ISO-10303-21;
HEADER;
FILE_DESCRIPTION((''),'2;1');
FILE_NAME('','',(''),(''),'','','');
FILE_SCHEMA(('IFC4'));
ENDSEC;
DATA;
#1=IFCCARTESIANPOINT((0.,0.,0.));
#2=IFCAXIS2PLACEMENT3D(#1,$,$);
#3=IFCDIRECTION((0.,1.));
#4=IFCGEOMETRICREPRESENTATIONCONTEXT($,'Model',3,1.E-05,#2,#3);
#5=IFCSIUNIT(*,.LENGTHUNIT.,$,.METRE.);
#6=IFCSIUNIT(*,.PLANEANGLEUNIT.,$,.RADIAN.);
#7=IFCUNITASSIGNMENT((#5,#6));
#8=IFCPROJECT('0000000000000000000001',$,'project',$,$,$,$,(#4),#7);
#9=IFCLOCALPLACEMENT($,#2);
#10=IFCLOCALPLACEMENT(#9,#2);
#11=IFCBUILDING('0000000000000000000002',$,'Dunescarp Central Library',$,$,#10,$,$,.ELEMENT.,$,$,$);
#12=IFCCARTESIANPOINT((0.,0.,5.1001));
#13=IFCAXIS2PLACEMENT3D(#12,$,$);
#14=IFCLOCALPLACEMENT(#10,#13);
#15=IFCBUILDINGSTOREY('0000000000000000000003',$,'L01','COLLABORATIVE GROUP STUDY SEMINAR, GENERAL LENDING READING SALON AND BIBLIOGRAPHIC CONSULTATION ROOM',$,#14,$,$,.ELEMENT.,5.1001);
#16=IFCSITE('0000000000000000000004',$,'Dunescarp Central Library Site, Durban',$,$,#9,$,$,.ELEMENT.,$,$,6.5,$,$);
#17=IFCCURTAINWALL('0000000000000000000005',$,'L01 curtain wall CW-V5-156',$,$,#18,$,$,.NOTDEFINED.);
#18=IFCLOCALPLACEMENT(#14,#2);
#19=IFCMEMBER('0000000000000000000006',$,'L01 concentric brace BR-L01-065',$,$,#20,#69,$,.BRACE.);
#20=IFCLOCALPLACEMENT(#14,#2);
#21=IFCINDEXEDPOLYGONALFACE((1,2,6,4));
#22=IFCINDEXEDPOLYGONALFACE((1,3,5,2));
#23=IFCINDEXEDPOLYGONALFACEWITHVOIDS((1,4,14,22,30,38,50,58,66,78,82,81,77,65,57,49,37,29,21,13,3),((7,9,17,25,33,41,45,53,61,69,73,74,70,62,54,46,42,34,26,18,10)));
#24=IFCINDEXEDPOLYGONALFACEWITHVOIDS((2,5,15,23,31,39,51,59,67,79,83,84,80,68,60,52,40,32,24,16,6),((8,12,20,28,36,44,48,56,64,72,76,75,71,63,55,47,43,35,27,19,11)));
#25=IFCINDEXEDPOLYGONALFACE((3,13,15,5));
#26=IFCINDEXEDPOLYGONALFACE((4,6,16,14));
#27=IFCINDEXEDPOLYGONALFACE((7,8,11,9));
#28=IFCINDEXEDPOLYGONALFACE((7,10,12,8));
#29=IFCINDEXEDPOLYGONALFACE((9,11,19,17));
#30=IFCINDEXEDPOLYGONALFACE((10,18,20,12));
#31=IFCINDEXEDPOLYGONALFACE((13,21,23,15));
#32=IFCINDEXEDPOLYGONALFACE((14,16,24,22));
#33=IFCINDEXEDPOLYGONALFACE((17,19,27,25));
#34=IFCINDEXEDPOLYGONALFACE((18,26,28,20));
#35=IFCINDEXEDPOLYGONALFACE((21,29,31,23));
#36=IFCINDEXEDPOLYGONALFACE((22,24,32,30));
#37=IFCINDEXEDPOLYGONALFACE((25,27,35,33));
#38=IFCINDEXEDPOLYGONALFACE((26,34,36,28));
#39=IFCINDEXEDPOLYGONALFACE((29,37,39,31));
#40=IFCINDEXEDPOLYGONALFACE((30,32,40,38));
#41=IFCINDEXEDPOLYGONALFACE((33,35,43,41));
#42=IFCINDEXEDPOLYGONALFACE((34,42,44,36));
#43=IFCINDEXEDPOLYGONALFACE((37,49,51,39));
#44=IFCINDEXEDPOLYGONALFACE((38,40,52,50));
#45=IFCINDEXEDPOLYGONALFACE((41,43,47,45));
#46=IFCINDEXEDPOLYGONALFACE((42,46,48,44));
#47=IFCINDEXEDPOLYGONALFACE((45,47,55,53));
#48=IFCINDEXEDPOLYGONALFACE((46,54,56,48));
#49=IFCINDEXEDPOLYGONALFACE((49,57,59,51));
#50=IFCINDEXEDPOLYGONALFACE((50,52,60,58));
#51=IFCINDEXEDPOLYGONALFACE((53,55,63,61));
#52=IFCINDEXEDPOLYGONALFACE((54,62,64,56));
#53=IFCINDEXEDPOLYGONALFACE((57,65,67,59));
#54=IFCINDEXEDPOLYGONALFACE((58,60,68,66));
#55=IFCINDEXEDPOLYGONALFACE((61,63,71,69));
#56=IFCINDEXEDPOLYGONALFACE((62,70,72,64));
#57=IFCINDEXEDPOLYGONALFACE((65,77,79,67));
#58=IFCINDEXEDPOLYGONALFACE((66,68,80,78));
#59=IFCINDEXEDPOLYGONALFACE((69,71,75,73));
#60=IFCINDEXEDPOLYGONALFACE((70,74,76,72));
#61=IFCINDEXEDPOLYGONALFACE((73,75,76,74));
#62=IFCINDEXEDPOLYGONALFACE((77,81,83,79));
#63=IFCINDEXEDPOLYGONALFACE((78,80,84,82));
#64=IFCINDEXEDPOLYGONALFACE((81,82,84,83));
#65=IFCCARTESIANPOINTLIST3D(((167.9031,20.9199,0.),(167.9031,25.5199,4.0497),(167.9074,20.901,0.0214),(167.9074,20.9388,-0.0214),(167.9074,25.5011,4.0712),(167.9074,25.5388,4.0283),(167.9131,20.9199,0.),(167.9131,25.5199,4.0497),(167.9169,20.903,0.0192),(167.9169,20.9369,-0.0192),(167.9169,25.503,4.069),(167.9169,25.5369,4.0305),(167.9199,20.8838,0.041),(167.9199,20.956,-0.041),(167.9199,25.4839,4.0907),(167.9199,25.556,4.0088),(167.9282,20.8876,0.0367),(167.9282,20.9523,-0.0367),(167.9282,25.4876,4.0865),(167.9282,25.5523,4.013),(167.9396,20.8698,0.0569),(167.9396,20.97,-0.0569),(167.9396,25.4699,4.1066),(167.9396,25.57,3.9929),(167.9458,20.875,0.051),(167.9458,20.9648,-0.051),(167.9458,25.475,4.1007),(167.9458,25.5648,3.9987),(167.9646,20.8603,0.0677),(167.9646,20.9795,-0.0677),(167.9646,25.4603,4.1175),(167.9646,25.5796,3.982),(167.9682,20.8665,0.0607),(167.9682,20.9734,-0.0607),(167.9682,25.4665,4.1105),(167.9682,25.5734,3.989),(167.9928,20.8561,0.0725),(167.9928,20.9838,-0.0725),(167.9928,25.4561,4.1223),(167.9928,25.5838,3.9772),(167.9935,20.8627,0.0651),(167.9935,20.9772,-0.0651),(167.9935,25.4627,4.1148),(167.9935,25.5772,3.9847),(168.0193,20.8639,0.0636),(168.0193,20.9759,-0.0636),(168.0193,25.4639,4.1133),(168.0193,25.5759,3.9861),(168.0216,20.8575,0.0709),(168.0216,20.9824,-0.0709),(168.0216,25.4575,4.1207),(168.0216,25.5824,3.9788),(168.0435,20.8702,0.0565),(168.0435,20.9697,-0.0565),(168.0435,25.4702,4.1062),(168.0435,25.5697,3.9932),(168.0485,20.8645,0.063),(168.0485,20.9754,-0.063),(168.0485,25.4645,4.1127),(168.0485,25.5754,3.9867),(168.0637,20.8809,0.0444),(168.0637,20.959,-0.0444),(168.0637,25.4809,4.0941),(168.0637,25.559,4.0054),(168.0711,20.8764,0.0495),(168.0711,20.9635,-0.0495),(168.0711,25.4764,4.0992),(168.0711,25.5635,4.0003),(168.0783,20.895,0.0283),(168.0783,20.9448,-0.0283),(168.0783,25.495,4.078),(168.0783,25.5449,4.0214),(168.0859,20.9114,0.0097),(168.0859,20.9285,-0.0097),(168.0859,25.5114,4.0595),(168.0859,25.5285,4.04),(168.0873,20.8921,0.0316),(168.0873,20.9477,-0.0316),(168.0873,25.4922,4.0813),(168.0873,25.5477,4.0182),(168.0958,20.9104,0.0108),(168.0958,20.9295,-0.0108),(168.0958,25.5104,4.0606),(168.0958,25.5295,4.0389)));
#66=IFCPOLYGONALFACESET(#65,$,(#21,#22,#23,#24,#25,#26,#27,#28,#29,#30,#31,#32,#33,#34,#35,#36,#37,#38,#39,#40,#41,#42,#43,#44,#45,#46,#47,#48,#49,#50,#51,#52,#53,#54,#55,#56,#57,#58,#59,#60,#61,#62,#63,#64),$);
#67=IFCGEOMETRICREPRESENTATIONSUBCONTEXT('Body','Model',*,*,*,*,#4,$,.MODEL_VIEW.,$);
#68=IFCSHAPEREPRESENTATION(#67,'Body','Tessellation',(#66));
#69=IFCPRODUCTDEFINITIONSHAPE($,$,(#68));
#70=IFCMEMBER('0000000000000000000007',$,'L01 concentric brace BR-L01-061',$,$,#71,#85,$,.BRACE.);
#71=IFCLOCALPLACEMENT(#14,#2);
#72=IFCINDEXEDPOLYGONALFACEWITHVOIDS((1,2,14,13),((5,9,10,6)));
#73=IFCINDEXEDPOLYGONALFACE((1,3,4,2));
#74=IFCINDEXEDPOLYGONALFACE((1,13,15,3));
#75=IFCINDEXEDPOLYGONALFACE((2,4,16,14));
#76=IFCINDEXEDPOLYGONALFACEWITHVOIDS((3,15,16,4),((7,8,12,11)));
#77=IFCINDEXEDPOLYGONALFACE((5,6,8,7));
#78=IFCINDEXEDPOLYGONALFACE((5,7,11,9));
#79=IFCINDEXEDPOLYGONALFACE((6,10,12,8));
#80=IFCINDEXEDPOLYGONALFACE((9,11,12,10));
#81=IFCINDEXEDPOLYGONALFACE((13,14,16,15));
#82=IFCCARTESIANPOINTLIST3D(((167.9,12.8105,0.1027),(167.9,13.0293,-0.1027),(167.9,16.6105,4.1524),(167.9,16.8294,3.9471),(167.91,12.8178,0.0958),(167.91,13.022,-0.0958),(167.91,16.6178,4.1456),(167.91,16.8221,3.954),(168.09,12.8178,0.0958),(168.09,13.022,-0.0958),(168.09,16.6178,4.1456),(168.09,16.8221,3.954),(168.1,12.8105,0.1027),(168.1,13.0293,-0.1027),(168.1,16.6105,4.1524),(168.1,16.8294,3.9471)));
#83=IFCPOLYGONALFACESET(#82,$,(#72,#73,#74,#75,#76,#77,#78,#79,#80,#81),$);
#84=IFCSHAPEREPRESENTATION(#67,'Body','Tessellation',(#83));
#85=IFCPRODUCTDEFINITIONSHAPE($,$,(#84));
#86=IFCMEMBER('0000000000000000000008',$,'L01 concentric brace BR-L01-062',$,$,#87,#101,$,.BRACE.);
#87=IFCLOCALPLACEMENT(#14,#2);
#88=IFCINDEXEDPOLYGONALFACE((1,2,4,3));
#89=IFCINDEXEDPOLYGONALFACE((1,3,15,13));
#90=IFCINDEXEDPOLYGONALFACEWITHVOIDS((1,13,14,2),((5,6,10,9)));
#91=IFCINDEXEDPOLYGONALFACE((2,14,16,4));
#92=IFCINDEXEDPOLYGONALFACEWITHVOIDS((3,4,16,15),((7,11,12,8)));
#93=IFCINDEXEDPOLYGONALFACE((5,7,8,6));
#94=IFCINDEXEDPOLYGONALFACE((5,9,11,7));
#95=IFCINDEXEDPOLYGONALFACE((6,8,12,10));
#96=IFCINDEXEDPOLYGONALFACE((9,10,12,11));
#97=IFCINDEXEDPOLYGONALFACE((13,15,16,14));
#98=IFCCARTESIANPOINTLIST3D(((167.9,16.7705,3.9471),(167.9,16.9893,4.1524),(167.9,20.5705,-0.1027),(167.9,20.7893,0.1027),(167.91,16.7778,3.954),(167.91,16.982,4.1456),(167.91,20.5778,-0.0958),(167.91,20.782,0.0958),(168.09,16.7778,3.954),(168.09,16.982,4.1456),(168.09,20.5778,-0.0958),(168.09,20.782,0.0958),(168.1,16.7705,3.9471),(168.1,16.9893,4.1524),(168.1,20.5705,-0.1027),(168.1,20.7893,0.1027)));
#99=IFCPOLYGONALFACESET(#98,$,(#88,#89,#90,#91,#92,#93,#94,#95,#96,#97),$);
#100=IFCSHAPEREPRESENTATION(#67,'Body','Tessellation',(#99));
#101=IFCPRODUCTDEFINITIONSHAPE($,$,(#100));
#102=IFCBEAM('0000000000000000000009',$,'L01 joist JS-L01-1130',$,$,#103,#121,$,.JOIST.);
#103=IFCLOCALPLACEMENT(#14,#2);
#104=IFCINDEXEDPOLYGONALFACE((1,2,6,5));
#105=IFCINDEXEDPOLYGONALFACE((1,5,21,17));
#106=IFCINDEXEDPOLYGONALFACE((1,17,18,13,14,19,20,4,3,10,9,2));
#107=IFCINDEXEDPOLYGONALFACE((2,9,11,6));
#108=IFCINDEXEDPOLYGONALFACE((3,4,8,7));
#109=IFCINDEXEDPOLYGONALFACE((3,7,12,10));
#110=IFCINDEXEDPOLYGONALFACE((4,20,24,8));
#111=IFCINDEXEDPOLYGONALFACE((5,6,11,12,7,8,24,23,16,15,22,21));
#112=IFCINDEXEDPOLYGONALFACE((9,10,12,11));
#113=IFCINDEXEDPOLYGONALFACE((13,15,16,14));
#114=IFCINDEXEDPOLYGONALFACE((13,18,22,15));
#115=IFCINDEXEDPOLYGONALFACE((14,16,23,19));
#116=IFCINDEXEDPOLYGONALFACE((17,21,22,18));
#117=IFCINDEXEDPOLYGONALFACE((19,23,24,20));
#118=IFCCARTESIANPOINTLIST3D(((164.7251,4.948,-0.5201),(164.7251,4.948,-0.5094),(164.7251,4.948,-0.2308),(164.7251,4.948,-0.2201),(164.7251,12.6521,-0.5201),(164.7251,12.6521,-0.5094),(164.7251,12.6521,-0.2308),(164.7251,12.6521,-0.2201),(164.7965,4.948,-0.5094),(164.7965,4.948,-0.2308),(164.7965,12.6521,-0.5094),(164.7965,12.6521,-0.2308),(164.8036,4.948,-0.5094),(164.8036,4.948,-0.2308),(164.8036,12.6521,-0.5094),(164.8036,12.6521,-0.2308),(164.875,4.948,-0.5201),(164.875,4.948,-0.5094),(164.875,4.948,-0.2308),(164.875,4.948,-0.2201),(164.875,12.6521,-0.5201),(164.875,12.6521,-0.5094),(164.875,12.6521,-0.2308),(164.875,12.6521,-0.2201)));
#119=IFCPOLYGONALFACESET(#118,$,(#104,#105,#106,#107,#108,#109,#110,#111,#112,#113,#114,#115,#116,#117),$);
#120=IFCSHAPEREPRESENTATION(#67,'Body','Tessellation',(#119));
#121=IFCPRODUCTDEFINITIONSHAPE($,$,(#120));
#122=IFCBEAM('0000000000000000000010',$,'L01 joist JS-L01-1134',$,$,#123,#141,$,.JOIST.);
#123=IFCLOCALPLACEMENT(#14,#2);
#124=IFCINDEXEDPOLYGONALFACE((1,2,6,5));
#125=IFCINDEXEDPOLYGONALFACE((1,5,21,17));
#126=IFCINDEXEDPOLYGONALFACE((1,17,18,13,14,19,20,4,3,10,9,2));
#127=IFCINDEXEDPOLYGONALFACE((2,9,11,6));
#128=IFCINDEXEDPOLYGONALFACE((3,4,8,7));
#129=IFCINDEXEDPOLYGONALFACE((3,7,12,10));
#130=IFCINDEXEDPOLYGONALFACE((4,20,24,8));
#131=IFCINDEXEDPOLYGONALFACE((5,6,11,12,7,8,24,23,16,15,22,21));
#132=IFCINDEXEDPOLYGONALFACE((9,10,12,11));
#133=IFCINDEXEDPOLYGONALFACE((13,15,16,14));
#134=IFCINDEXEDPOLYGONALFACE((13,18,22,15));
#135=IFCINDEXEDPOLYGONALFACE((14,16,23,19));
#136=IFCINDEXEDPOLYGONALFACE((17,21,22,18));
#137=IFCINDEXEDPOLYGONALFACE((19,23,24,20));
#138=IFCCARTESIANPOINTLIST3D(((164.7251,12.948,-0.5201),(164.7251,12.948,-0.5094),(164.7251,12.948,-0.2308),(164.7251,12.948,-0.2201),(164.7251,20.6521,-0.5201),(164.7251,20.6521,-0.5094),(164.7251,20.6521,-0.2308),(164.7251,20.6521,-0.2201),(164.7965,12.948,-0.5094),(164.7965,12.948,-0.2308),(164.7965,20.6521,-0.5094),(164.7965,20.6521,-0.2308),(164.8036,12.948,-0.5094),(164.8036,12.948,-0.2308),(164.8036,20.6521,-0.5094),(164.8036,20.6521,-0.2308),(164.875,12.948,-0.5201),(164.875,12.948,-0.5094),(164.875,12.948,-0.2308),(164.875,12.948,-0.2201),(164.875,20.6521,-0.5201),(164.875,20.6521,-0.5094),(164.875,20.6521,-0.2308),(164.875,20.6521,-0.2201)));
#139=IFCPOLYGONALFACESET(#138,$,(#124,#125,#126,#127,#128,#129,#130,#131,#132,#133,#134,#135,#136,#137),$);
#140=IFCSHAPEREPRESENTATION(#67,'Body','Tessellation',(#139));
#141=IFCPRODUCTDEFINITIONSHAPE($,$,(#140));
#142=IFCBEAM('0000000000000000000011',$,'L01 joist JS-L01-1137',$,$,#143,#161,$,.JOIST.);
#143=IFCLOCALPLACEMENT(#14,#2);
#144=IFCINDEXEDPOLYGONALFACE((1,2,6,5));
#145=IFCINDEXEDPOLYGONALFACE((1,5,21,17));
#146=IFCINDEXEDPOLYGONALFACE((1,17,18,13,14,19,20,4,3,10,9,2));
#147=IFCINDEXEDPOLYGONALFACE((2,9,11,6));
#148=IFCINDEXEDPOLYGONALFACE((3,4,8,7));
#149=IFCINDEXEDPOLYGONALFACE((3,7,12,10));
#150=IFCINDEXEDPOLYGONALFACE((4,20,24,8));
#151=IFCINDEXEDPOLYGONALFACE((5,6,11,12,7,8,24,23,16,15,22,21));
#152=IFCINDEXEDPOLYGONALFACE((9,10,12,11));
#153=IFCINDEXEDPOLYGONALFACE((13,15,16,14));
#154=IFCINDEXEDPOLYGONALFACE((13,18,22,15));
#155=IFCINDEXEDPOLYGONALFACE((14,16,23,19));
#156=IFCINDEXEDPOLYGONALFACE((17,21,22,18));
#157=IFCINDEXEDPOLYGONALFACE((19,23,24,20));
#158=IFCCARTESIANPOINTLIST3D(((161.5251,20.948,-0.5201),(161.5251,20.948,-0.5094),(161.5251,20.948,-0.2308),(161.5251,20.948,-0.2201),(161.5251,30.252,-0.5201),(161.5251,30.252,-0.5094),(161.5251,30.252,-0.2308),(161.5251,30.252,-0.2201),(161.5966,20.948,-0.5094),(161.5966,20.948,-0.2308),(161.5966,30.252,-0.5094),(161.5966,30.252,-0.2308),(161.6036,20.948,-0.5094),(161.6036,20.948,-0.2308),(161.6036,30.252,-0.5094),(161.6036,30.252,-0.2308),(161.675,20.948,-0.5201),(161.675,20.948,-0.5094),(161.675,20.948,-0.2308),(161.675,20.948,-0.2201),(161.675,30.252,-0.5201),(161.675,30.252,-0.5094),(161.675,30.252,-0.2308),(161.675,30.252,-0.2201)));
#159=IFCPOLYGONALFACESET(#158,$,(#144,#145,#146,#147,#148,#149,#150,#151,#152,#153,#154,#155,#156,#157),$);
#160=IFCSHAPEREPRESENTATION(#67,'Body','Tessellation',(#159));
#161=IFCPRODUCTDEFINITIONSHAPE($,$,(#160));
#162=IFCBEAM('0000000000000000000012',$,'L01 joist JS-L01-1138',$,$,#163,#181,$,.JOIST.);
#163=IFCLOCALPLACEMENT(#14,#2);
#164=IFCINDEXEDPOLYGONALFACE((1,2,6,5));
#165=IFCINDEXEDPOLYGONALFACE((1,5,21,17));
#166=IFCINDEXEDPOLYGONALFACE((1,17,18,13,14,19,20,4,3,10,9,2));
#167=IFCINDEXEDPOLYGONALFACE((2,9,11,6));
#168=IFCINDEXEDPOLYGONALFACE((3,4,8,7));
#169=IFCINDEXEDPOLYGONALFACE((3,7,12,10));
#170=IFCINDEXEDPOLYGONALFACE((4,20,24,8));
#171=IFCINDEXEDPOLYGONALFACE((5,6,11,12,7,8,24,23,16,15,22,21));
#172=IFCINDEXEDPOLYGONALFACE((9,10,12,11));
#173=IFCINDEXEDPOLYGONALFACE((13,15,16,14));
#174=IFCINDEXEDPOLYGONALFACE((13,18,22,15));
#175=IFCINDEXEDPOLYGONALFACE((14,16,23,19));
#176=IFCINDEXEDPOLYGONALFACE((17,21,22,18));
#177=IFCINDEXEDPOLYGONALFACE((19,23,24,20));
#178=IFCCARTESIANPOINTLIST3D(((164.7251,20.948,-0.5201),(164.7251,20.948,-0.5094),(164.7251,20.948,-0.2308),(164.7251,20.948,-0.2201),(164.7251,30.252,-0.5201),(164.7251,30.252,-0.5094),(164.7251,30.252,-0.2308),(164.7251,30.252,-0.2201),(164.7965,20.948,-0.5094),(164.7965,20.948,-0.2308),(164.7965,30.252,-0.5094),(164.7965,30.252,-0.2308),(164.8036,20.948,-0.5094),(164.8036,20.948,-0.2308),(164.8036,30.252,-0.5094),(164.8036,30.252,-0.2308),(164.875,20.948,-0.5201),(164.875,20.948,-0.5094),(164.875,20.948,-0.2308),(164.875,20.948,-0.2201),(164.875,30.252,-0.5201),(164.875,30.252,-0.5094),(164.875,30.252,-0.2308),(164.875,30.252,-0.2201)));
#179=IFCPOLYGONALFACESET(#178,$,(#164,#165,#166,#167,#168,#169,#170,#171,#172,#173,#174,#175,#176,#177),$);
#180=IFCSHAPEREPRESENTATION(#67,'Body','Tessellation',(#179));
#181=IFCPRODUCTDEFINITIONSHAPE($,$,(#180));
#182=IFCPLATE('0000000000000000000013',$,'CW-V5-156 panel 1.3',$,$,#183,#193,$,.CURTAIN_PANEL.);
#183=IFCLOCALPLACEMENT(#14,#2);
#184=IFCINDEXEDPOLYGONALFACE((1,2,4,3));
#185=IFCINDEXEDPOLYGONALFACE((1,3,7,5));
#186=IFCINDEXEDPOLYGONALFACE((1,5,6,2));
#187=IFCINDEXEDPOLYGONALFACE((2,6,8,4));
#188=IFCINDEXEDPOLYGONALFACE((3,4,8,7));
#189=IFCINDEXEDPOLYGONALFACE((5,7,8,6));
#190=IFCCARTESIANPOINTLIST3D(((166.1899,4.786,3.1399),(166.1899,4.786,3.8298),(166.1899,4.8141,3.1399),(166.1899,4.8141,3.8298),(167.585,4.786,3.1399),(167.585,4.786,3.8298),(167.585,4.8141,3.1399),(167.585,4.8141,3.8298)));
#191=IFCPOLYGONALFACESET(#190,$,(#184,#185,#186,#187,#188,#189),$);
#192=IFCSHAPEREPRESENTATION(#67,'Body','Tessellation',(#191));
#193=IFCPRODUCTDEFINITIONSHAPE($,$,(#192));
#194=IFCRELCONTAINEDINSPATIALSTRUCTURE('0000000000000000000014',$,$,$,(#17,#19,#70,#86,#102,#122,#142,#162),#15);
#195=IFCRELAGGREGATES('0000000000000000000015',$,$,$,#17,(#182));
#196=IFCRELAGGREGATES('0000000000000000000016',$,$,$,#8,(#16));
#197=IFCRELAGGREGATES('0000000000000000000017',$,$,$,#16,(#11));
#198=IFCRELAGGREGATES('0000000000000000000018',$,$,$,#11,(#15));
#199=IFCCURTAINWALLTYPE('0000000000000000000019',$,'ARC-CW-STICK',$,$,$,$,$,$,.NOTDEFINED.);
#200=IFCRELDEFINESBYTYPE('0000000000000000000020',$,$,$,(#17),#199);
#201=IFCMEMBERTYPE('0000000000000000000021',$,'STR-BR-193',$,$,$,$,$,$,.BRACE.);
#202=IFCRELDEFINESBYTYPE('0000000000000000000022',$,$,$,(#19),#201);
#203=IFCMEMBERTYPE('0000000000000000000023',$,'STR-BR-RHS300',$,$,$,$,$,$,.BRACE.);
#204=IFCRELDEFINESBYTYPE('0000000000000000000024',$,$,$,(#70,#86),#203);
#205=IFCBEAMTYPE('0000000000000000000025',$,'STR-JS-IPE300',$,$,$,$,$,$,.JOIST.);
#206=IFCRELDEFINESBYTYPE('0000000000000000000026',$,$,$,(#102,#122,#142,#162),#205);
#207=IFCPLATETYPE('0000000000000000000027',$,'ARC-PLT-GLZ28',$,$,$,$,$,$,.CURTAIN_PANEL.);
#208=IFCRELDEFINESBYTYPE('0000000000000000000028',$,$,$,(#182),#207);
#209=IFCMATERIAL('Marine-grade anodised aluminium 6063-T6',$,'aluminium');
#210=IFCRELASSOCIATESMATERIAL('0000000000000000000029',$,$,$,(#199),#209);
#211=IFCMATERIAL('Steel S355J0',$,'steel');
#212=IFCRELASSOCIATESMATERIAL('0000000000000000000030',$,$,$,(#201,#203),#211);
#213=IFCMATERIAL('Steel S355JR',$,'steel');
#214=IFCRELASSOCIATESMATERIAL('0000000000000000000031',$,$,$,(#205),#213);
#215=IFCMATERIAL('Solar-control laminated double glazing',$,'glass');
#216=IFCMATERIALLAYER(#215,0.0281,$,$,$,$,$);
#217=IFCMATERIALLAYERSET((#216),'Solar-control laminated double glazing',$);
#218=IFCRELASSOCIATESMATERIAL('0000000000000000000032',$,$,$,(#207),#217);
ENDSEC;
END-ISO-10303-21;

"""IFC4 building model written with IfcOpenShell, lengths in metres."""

from ifc_helpers import new_model, si_unit, direction, frame, origin, origin_2d, place, context, subcontext, project, spatial, rectangle, hollow_rectangle, hollow_circle, i_section, extrude, material, layer, layer_set, material_profile, profile_set, type_object, element, aggregate, save


model = new_model("IFC4")

# Units and contexts
model_context = context("Model", 3, precision=1e-05, world=origin(), true_north=direction((0.0, 1.0)))
body_context = subcontext(model_context, "Body", "Model", "MODEL_VIEW")
ifc_project = project(units=[si_unit("LENGTHUNIT", "METRE"), si_unit("PLANEANGLEUNIT", "RADIAN")], contexts=[model_context])

# Site, building, storey
site_placement = place(None, origin())
site = spatial("IfcSite", under=ifc_project, at=site_placement, Name="Dunescarp Central Library Site, Durban", CompositionType="ELEMENT", RefElevation=6.5)
building_placement = place(site_placement, origin())
building = spatial("IfcBuilding", under=site, at=building_placement, Name="Dunescarp Central Library", CompositionType="ELEMENT")
storey_placement = place(building_placement, frame((0.0, 0.0, 5.1001)))
storey = spatial("IfcBuildingStorey", under=building, at=storey_placement, Name="L01", Description="COLLABORATIVE GROUP STUDY SEMINAR, GENERAL LENDING READING SALON AND BIBLIOGRAPHIC CONSULTATION ROOM", CompositionType="ELEMENT", Elevation=5.1001)

# Curtain wall
ifc_material_1 = material(Name="Marine-grade anodised aluminium 6063-T6", Category="aluminium")
curtain_wall_type = type_object("IfcCurtainWallType", Name="ARC-CW-STICK", PredefinedType="NOTDEFINED", material=ifc_material_1)
curtain_wall_placement = place(storey_placement, origin())
curtain_wall = element("IfcCurtainWall", 1, at=curtain_wall_placement, inside=storey, type_object=curtain_wall_type, Name="L01 curtain wall CW-V5-156", PredefinedType="NOTDEFINED")

# Shared definitions
ifc_material_2 = material(Name="Steel S355JR", Category="steel")

# Members
ifc_material_3 = material(Name="Steel S355J0", Category="steel")
ifc_material_profile_1 = material_profile(ifc_material_3, hollow_circle(Radius=0.0969, WallThickness=0.01, at=origin_2d()), Name="CHS 193.7x10")
ifc_profile_set_1 = profile_set([ifc_material_profile_1], Name="Steel S355J0")
member_type_1 = type_object("IfcMemberType", Name="STR-BR-193", PredefinedType="BRACE", material=ifc_profile_set_1)
member_1_placement = place(storey_placement, frame((168.0, 20.9199, 0.0), z_axis=(0.0, 0.750574, 0.660786), x_axis=(-1.0, 0.0, 0.0)))
element("IfcMember", 2, at=member_1_placement, inside=storey, type_object=member_type_1, Name="L01 concentric brace BR-L01-065", PredefinedType="BRACE", context=body_context, shape_type="SweptSolid", body=[
    extrude(hollow_circle(Radius=0.0969, WallThickness=0.01, at=origin_2d()), origin(), (0.0, 0.0, 1.0), 6.1287),
])
ifc_material_profile_2 = material_profile(ifc_material_3, hollow_rectangle(XDim=0.2, YDim=0.3, WallThickness=0.01, at=origin_2d()), Name="RHS 300x200x10")
ifc_profile_set_2 = profile_set([ifc_material_profile_2], Name="Steel S355J0")
member_type_2 = type_object("IfcMemberType", Name="STR-BR-RHS300", PredefinedType="BRACE", material=ifc_profile_set_2)
for number, where, z_axis, x_axis, name in (
    (3, (168.0, 12.9199, 0.0), (0.0, 0.684263, 0.729236), (-1.0, 0.0, 0.0), "L01 concentric brace BR-L01-061"),
    (4, (168.0, 20.6799, 0.0), (0.0, -0.684263, 0.729236), (1.0, 0.0, 0.0), "L01 concentric brace BR-L01-062"),
):
    element("IfcMember", number, at=place(storey_placement, frame(where, z_axis=z_axis, x_axis=x_axis)), inside=storey, type_object=member_type_2, Name=name, PredefinedType="BRACE", context=body_context, shape_type="SweptSolid", body=[
        extrude(hollow_rectangle(XDim=0.2, YDim=0.3, WallThickness=0.01, at=origin_2d()), origin(), (0.0, 0.0, 1.0), 5.5535),
    ])

# Beams
ifc_material_profile_3 = material_profile(ifc_material_2, i_section(OverallWidth=0.1499, OverallDepth=0.3, WebThickness=0.0071, FlangeThickness=0.0107, at=origin_2d()), Name="IPE 300")
ifc_profile_set_3 = profile_set([ifc_material_profile_3], Name="Steel S355JR")
beam_type_1 = type_object("IfcBeamType", Name="STR-JS-IPE300", PredefinedType="JOIST", material=ifc_profile_set_3)
for number, where, z_axis, x_axis, name in (
    (5, (164.8, 4.948, -0.3701), (0.0, 1.0, 0.0), (-1.0, 0.0, 0.0), "L01 joist JS-L01-1130"),
    (6, (164.8, 12.948, -0.3701), (0.0, 1.0, 0.0), (-1.0, 0.0, 0.0), "L01 joist JS-L01-1134"),
):
    element("IfcBeam", number, at=place(storey_placement, frame(where, z_axis=z_axis, x_axis=x_axis)), inside=storey, type_object=beam_type_1, Name=name, PredefinedType="JOIST", context=body_context, shape_type="SweptSolid", body=[
        extrude(i_section(OverallWidth=0.1499, OverallDepth=0.3, WebThickness=0.0071, FlangeThickness=0.0107, at=origin_2d()), origin(), (0.0, 0.0, 1.0), 7.7041),
    ])
for number, where, z_axis, x_axis, name in (
    (7, (161.6001, 20.948, -0.3701), (0.0, 1.0, 0.0), (-1.0, 0.0, 0.0), "L01 joist JS-L01-1137"),
    (8, (164.8, 20.948, -0.3701), (0.0, 1.0, 0.0), (-1.0, 0.0, 0.0), "L01 joist JS-L01-1138"),
):
    element("IfcBeam", number, at=place(storey_placement, frame(where, z_axis=z_axis, x_axis=x_axis)), inside=storey, type_object=beam_type_1, Name=name, PredefinedType="JOIST", context=body_context, shape_type="SweptSolid", body=[
        extrude(i_section(OverallWidth=0.1499, OverallDepth=0.3, WebThickness=0.0071, FlangeThickness=0.0107, at=origin_2d()), origin(), (0.0, 0.0, 1.0), 9.304),
    ])

# Plate
ifc_material_4 = material(Name="Solar-control laminated double glazing", Category="glass")
ifc_layer_1 = layer(ifc_material_4, 0.0281)
ifc_layer_set_1 = layer_set([ifc_layer_1], Name="Solar-control laminated double glazing")
plate_type_1 = type_object("IfcPlateType", Name="ARC-PLT-GLZ28", PredefinedType="CURTAIN_PANEL", material=ifc_layer_set_1)
plate_1_placement = place(storey_placement, frame((166.8875, 4.8, 3.1399), z_axis=(0.0, 0.0, 1.0), x_axis=(-1.0, 0.0, 0.0)))
plate_1 = element("IfcPlate", 9, at=plate_1_placement, type_object=plate_type_1, Name="CW-V5-156 panel 1.3", PredefinedType="CURTAIN_PANEL", context=body_context, shape_type="SweptSolid", body=[
    extrude(rectangle(XDim=1.395, YDim=0.0281, at=origin_2d()), origin(), (0.0, 0.0, 1.0), 0.6899),
])
aggregate(curtain_wall, [plate_1])

save(model, "model.ifc")
